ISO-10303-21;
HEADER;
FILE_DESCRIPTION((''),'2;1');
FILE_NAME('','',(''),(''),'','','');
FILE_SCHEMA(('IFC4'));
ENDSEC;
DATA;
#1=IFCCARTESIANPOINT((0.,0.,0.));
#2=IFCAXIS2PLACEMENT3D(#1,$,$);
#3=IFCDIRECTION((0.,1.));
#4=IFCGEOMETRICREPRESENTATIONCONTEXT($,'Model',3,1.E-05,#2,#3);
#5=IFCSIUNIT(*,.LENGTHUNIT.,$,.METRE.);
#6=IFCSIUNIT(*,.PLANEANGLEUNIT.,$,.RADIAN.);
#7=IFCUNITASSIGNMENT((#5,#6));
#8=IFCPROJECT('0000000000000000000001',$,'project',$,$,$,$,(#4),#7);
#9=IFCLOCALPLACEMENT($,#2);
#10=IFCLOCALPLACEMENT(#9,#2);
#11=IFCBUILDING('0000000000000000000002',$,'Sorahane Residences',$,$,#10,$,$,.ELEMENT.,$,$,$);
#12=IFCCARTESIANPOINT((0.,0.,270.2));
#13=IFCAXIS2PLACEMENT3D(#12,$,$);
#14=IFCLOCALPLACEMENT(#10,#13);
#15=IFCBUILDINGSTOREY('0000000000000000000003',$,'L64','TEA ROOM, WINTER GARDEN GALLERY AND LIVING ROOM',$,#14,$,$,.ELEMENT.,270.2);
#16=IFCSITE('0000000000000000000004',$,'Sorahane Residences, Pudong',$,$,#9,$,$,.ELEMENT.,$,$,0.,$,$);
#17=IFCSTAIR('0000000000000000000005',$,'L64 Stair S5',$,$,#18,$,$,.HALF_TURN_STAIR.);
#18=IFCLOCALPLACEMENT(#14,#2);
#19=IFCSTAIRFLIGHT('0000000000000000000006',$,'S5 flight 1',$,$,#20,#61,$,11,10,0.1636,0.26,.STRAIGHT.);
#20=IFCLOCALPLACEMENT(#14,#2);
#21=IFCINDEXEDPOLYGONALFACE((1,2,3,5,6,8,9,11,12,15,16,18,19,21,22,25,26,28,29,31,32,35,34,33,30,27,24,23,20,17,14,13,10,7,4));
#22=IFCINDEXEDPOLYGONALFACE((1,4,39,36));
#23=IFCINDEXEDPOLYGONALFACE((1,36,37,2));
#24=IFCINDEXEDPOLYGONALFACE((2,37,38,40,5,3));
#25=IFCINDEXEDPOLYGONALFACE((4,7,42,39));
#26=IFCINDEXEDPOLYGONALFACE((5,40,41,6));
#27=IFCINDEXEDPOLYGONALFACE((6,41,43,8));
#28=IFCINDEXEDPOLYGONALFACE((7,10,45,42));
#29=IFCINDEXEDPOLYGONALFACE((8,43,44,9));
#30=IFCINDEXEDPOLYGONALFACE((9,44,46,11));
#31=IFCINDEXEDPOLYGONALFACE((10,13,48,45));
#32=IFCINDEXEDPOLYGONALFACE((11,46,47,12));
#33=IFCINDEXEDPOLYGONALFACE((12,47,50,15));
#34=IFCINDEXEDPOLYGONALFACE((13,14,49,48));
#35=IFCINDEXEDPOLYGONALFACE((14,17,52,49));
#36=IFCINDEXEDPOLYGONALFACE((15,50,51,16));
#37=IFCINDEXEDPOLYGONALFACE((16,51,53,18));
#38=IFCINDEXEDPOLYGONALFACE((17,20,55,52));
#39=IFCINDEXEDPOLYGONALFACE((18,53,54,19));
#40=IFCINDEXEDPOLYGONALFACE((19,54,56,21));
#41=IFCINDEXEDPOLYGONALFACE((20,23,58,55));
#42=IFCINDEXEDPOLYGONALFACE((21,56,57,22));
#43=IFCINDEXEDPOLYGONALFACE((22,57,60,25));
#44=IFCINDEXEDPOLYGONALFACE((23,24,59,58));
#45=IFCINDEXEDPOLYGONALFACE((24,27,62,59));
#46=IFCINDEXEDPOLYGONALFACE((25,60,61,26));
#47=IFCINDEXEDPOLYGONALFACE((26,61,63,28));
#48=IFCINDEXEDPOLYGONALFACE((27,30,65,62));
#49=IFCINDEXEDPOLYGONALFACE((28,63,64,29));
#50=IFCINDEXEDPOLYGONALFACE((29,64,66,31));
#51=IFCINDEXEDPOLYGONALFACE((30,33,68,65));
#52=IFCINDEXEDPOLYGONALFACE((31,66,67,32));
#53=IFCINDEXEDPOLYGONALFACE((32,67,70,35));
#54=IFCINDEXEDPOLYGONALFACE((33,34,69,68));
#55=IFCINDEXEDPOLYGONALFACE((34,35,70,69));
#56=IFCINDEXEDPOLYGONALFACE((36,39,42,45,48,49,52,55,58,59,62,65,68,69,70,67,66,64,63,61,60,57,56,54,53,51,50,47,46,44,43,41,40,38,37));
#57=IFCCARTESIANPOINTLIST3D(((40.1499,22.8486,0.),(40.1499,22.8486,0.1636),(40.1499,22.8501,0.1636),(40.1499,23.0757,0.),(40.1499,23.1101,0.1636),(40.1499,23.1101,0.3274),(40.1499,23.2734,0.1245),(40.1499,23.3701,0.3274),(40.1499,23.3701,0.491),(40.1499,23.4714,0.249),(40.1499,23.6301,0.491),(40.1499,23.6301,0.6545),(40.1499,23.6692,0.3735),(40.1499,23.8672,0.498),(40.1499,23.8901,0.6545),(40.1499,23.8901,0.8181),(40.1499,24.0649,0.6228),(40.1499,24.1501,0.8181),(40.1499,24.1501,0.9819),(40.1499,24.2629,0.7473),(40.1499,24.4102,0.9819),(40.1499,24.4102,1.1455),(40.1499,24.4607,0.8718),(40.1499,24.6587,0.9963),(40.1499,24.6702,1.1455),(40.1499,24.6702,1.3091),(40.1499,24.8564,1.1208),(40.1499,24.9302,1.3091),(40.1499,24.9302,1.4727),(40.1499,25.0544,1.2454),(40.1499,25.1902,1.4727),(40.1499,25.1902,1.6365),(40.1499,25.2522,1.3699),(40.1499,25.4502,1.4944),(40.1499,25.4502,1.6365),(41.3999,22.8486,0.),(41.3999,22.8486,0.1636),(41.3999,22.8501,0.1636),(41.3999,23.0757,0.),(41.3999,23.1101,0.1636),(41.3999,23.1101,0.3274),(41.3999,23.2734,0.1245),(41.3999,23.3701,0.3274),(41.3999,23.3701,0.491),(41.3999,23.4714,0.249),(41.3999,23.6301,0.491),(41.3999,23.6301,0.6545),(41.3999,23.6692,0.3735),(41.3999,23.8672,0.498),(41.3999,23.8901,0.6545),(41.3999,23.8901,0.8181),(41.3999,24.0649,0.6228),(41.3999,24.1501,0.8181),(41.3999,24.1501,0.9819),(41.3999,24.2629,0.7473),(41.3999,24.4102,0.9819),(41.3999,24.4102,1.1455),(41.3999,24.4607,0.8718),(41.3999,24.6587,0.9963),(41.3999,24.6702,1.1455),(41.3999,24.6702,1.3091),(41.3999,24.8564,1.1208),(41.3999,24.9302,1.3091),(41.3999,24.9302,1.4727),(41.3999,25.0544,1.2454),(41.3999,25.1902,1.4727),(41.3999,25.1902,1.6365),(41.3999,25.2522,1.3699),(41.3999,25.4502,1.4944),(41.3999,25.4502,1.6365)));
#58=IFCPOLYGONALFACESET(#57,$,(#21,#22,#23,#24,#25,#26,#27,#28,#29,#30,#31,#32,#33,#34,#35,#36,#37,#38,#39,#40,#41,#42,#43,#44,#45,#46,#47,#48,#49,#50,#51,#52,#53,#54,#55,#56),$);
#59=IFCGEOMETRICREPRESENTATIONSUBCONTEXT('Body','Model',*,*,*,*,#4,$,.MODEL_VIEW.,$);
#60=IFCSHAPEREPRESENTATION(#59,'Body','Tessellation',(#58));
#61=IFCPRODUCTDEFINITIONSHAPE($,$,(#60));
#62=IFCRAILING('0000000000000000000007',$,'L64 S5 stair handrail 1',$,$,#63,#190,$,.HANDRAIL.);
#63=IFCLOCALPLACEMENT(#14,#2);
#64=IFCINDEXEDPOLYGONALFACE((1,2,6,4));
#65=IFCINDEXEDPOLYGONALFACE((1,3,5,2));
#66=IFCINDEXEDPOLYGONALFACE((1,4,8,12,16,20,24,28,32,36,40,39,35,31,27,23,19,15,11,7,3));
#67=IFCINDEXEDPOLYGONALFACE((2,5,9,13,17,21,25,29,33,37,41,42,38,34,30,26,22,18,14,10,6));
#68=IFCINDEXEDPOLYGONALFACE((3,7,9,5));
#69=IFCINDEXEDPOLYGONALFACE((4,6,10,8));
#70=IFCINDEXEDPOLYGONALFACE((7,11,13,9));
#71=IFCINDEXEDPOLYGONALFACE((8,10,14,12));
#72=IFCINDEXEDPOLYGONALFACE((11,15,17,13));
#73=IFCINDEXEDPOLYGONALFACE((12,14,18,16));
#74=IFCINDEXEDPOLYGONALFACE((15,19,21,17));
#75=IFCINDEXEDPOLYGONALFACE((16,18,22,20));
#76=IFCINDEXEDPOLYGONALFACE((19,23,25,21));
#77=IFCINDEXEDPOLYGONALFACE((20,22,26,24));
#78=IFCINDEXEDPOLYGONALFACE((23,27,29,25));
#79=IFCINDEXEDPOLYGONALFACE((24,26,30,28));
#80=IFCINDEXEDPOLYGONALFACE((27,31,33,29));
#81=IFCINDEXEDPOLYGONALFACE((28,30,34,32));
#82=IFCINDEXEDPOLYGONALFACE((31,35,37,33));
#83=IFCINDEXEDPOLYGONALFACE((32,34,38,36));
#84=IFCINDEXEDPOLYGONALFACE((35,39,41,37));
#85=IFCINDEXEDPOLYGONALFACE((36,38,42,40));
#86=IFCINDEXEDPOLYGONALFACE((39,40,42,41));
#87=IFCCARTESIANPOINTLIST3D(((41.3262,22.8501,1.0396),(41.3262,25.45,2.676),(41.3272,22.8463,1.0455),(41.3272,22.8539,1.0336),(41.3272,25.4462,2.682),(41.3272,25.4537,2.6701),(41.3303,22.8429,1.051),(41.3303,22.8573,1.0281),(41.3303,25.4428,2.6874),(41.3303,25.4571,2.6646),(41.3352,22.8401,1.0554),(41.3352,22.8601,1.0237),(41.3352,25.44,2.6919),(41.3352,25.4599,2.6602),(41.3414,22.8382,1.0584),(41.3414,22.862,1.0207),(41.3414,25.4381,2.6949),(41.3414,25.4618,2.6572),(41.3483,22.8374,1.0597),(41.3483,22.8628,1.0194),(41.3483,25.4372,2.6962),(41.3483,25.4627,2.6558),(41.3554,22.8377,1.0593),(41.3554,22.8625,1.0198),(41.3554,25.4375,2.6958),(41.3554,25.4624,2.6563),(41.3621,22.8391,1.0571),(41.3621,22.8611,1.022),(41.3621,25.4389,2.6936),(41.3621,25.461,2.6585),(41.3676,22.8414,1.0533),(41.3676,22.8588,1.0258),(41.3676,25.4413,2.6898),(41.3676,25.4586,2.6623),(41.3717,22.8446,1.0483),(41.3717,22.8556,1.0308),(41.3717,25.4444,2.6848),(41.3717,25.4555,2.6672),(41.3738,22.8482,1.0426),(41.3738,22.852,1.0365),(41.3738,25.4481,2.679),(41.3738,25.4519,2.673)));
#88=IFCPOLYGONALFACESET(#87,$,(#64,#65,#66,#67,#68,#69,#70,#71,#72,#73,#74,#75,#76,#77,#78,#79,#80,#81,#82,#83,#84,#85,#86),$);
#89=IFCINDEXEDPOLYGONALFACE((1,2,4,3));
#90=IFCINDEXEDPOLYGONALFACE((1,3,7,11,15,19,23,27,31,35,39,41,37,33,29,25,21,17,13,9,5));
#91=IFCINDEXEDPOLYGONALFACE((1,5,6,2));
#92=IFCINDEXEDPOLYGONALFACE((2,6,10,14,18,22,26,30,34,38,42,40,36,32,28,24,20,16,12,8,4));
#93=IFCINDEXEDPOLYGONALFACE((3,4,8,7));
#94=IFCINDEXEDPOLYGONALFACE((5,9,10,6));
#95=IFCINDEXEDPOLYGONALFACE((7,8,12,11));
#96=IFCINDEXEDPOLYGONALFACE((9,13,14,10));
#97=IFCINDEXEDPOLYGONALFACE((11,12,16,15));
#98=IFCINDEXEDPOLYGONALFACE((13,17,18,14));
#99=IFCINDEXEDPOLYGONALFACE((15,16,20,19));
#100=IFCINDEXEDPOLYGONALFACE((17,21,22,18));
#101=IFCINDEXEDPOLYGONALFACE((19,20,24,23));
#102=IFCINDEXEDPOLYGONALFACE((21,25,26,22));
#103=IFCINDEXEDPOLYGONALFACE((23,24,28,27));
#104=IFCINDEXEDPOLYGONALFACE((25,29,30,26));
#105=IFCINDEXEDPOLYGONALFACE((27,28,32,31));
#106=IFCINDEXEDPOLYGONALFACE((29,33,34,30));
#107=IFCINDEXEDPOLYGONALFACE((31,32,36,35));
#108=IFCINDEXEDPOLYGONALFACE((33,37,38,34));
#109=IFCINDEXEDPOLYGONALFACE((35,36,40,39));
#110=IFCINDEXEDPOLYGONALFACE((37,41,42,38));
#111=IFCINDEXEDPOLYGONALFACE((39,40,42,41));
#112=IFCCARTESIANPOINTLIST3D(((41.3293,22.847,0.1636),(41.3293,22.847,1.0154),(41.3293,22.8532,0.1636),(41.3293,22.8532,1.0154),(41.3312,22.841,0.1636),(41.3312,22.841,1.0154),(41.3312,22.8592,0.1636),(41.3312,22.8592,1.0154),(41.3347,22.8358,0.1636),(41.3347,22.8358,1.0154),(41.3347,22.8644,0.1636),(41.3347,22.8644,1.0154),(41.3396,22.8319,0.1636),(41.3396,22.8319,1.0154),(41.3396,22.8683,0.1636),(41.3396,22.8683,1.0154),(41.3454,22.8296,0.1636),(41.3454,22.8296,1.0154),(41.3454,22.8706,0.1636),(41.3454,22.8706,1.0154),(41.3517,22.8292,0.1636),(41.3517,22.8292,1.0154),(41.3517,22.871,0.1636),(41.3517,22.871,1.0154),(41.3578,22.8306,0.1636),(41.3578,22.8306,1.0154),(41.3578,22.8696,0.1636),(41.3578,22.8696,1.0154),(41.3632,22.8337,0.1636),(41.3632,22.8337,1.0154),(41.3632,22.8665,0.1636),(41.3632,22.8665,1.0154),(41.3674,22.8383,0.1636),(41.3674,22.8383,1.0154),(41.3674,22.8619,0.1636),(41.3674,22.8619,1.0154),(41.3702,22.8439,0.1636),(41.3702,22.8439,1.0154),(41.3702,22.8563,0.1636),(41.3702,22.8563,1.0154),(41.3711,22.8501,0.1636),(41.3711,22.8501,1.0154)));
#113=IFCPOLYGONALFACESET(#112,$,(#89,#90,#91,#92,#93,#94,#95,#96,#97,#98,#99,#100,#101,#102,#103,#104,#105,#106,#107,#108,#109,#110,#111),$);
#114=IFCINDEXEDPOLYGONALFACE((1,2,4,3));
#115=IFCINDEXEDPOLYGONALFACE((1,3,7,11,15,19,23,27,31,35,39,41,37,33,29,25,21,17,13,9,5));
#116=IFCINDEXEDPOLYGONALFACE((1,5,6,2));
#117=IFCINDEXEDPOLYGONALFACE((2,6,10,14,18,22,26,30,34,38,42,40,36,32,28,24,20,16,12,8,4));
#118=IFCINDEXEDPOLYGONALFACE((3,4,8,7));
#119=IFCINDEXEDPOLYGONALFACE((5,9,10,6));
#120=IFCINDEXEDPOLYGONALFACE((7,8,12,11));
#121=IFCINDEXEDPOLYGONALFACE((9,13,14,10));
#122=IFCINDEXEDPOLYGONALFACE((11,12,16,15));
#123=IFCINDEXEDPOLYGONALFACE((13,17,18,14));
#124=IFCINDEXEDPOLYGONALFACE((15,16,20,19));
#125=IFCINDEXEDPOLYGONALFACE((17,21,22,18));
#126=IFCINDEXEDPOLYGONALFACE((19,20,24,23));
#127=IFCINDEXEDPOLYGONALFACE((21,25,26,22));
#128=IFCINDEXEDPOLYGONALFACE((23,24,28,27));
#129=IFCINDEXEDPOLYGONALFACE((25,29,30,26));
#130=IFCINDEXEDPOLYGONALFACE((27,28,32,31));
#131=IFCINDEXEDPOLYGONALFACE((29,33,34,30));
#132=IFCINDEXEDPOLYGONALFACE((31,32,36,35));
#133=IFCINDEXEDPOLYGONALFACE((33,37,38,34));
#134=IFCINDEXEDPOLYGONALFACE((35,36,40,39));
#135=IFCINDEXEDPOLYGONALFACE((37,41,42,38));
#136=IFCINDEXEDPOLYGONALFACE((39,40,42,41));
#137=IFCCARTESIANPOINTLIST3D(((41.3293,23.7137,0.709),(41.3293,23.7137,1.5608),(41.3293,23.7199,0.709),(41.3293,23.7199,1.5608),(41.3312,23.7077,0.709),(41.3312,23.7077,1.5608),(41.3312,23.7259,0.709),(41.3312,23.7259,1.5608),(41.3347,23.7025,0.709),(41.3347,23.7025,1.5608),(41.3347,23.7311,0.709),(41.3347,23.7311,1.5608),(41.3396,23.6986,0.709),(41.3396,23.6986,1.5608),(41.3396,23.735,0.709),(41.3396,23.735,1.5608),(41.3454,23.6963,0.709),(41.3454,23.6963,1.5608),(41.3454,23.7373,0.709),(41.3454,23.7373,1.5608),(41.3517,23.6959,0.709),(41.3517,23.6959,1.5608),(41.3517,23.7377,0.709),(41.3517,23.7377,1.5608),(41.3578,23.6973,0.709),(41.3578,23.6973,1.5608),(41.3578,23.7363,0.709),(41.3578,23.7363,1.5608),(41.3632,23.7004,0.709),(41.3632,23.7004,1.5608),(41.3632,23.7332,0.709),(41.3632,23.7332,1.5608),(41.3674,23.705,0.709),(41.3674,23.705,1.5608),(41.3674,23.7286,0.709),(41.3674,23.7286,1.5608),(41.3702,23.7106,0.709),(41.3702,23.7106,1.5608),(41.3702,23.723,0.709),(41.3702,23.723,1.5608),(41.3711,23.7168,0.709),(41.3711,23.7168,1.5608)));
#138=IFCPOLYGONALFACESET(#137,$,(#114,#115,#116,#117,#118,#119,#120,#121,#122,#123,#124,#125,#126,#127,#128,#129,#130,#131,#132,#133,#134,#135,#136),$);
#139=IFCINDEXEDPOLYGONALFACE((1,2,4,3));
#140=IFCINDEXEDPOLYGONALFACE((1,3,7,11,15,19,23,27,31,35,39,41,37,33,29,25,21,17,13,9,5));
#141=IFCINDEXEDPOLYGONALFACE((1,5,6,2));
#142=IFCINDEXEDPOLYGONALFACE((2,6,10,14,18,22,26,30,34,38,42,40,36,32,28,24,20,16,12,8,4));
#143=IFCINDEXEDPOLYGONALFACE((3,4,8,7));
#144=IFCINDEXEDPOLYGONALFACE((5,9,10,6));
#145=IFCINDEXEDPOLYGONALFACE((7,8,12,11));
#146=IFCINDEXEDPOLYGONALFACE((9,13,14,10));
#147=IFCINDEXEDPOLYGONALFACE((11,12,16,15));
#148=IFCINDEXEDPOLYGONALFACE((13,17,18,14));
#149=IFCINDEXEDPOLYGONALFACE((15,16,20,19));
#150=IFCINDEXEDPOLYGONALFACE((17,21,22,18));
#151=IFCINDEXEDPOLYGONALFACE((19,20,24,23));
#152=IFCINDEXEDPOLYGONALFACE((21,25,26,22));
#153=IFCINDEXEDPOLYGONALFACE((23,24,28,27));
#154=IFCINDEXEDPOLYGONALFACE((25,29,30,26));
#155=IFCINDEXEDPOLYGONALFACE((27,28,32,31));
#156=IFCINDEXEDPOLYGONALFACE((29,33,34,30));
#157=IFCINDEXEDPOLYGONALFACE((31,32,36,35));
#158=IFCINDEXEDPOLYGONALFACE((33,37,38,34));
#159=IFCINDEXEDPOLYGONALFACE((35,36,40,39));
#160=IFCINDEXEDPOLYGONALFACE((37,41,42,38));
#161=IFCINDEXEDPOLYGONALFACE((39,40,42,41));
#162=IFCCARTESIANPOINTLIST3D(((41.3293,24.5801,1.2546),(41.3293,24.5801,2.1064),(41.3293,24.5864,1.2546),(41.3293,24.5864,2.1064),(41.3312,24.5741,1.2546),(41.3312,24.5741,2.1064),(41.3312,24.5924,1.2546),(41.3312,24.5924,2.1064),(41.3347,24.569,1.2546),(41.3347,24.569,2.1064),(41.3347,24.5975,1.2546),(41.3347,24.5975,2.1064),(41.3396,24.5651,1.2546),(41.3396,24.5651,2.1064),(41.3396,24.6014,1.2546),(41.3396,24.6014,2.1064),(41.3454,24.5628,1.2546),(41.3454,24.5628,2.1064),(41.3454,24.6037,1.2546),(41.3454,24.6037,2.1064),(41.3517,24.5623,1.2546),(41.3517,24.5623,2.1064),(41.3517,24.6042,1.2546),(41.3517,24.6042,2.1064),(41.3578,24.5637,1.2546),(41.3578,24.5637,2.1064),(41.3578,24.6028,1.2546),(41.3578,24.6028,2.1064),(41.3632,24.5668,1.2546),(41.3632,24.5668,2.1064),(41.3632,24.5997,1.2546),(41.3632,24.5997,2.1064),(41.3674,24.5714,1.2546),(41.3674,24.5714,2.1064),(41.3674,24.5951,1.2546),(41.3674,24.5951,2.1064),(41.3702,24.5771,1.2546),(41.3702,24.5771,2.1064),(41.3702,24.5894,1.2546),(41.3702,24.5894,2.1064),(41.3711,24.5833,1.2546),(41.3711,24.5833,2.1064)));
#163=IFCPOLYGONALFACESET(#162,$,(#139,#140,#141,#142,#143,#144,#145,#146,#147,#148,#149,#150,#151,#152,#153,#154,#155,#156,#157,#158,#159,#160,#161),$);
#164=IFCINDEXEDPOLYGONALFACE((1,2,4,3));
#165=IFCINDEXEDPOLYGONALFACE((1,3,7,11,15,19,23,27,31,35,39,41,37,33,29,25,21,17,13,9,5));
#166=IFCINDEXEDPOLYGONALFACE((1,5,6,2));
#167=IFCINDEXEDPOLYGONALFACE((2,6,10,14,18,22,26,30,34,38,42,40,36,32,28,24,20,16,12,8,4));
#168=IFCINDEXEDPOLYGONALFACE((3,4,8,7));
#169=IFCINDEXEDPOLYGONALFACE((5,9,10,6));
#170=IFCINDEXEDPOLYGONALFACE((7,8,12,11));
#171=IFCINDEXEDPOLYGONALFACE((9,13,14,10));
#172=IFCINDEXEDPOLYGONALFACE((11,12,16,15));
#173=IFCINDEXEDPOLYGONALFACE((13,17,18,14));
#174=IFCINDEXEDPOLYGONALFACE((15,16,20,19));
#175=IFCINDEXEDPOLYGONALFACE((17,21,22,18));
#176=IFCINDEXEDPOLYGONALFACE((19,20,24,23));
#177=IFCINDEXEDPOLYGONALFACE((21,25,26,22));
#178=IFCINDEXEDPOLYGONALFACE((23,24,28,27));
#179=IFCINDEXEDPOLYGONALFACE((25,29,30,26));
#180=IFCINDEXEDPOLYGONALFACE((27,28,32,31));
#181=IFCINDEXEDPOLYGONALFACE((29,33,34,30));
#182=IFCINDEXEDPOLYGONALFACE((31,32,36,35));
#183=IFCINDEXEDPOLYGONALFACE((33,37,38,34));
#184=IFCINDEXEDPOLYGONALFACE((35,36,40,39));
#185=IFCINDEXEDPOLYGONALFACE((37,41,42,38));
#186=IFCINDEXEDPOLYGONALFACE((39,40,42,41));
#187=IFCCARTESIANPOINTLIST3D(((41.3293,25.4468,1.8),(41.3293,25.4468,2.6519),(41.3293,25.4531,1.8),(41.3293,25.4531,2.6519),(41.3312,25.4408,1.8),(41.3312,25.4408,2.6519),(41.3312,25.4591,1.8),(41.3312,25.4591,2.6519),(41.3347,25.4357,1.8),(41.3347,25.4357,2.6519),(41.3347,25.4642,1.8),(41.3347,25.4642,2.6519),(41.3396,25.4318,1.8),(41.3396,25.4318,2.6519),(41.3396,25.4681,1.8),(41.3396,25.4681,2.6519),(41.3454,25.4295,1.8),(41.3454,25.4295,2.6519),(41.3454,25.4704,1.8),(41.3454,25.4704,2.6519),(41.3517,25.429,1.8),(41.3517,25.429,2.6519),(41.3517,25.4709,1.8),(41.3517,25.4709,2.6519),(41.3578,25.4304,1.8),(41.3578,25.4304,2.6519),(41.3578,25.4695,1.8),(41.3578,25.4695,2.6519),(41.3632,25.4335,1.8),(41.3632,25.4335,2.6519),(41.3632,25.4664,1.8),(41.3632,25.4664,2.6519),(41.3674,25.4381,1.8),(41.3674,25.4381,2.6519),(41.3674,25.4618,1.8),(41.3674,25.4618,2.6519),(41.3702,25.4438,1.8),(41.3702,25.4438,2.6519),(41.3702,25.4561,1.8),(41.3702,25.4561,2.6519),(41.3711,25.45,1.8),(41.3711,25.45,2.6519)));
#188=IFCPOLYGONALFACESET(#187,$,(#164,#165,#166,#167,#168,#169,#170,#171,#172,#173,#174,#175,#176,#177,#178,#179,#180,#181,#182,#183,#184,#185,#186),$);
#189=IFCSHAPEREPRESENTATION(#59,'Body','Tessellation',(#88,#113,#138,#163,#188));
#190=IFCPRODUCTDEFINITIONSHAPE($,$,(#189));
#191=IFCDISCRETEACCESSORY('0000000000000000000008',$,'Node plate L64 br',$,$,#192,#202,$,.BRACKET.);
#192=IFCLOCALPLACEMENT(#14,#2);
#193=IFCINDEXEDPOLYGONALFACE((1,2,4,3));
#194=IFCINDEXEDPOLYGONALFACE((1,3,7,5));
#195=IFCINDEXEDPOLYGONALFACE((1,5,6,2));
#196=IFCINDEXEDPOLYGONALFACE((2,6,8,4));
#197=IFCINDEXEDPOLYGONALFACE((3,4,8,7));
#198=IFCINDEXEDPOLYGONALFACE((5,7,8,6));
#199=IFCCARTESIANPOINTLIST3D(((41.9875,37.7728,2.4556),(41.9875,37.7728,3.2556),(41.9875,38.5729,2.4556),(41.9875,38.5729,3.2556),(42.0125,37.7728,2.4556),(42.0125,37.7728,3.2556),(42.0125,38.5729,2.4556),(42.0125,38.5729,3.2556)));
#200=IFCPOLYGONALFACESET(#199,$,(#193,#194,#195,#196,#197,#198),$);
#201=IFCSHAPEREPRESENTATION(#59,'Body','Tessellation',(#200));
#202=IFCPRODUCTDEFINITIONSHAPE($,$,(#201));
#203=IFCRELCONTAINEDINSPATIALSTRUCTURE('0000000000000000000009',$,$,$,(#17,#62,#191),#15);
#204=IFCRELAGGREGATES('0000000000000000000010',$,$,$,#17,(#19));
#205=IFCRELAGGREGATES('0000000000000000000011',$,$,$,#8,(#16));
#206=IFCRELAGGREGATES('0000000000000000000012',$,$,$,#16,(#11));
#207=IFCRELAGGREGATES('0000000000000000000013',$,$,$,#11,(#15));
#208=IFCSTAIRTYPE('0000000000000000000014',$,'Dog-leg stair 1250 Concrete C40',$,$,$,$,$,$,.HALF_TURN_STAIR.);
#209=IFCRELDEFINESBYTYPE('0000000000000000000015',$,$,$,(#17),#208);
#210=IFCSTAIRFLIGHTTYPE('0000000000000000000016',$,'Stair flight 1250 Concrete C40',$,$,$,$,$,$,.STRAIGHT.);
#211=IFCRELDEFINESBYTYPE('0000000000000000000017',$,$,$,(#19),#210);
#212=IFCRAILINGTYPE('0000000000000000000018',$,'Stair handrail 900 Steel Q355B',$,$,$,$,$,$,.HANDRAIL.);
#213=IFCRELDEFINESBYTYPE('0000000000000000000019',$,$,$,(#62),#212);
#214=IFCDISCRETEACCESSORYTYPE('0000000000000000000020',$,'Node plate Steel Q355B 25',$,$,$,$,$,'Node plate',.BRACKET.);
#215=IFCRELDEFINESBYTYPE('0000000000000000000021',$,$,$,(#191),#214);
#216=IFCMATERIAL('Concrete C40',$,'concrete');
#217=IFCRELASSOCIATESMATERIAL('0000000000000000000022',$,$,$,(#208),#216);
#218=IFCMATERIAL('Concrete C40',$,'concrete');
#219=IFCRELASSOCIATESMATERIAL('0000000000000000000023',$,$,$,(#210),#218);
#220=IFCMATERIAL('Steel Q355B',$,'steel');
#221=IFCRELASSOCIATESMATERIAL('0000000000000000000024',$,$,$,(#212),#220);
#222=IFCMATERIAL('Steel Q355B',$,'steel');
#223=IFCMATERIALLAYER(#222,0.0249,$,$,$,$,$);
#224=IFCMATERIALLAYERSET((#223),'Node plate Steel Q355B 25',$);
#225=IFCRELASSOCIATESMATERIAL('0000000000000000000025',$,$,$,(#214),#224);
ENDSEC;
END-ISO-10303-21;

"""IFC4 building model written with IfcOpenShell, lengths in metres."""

from ifc_helpers import new_model, si_unit, direction, frame, origin, origin_2d, place, context, subcontext, project, spatial, polyline, rectangle, circle, outline, extrude, material, layer, layer_set, type_object, element, aggregate, save


model = new_model("IFC4")

# Units and contexts
model_context = context("Model", 3, precision=1e-05, world=origin(), true_north=direction((0.0, 1.0)))
body_context = subcontext(model_context, "Body", "Model", "MODEL_VIEW")
ifc_project = project(units=[si_unit("LENGTHUNIT", "METRE"), si_unit("PLANEANGLEUNIT", "RADIAN")], contexts=[model_context])

# Site, building, storey
site_placement = place(None, origin())
site = spatial("IfcSite", under=ifc_project, at=site_placement, Name="Sorahane Residences, Pudong", CompositionType="ELEMENT", RefElevation=0.0)
building_placement = place(site_placement, origin())
building = spatial("IfcBuilding", under=site, at=building_placement, Name="Sorahane Residences", CompositionType="ELEMENT")
storey_placement = place(building_placement, frame((0.0, 0.0, 270.2)))
storey = spatial("IfcBuildingStorey", under=building, at=storey_placement, Name="L64", Description="TEA ROOM, WINTER GARDEN GALLERY AND LIVING ROOM", CompositionType="ELEMENT", Elevation=270.2)

# Stair, stair flight
ifc_material_1 = material(Name="Concrete C40", Category="concrete")
stair_type = type_object("IfcStairType", Name="Dog-leg stair 1250 Concrete C40", PredefinedType="HALF_TURN_STAIR", material=ifc_material_1)
stair_placement = place(storey_placement, origin())
stair = element("IfcStair", 1, at=stair_placement, inside=storey, type_object=stair_type, Name="L64 Stair S5", PredefinedType="HALF_TURN_STAIR")
ifc_material_2 = material(Name="Concrete C40", Category="concrete")
stair_flight_type = type_object("IfcStairFlightType", Name="Stair flight 1250 Concrete C40", PredefinedType="STRAIGHT", material=ifc_material_2)
stair_flight_placement = place(storey_placement, frame((40.7749, 22.8501, 0.0), z_axis=(0.0, 0.0, 1.0), x_axis=(0.0, 1.0, 0.0)))
stair_flight = element("IfcStairFlight", 2, at=stair_flight_placement, type_object=stair_flight_type, Name="S5 flight 1", NumberOfRisers=11, NumberOfTreads=10, PredefinedType="STRAIGHT", RiserHeight=0.1636, TreadLength=0.26, context=body_context, shape_type="SweptSolid", body=[
    extrude(outline(polyline([(-0.0015, 0.0), (-0.0015, 0.1636), (0.0, 0.1636), (0.26, 0.1636), (0.26, 0.3274), (0.52, 0.3274), (0.52, 0.491), (0.78, 0.491), (0.78, 0.6545), (1.04, 0.6545), (1.04, 0.8181), (1.3, 0.8181), (1.3, 0.9819), (1.5601, 0.9819), (1.5601, 1.1455), (1.8201, 1.1455), (1.8201, 1.3091), (2.0801, 1.3091), (2.0801, 1.4727), (2.3401, 1.4727), (2.3401, 1.6365), (2.6001, 1.6365), (2.6001, 1.8), (2.6001, 1.4944), (2.4021, 1.3699), (2.2043, 1.2454), (2.0063, 1.1208), (1.8086, 0.9963), (1.6106, 0.8718), (1.4128, 0.7473), (1.2148, 0.6228), (1.0171, 0.498), (0.8191, 0.3735), (0.6213, 0.249), (0.4233, 0.1245), (0.2256, 0.0), (-0.0015, 0.0)])), frame((0.0, 0.625, 0.0), z_axis=(0.0, -1.0, 0.0), x_axis=(1.0, 0.0, 0.0)), (0.0, 0.0, 1.0), 1.25),
])
aggregate(stair, [stair_flight])

# Railing
ifc_material_3 = material(Name="Steel Q355B", Category="steel")
railing_type_1 = type_object("IfcRailingType", Name="Stair handrail 900 Steel Q355B", PredefinedType="HANDRAIL", material=ifc_material_3)
railing_1_placement = place(storey_placement, frame((41.3501, 22.8501, 0.1636)))
element("IfcRailing", 3, at=railing_1_placement, inside=storey, type_object=railing_type_1, Name="L64 S5 stair handrail 1", PredefinedType="HANDRAIL", context=body_context, shape_type="SweptSolid", body=[
    extrude(circle(Radius=0.0239, at=origin_2d()), frame((0.0, 0.0, 0.876), z_axis=(0.0, 0.846302, 0.532704), x_axis=(-1.0, 0.0, 0.0)), (0.0, 0.0, 1.0), 3.072),
    extrude(circle(Radius=0.021, at=origin_2d()), origin(), (0.0, 0.0, 1.0), 0.8518),
    extrude(circle(Radius=0.021, at=origin_2d()), frame((0.0, 0.8667, 0.5454)), (0.0, 0.0, 1.0), 0.8518),
    extrude(circle(Radius=0.021, at=origin_2d()), frame((0.0, 1.7332, 1.0911)), (0.0, 0.0, 1.0), 0.8518),
    extrude(circle(Radius=0.021, at=origin_2d()), frame((0.0, 2.5999, 1.6365)), (0.0, 0.0, 1.0), 0.8518),
])

# Discrete accessory
ifc_material_4 = material(Name="Steel Q355B", Category="steel")
ifc_layer_1 = layer(ifc_material_4, 0.0249)
ifc_layer_set_1 = layer_set([ifc_layer_1], Name="Node plate Steel Q355B 25")
discrete_accessory_type = type_object("IfcDiscreteAccessoryType", Name="Node plate Steel Q355B 25", ElementType="Node plate", PredefinedType="BRACKET", material=ifc_layer_set_1)
discrete_accessory_placement = place(storey_placement, frame((42.0, 38.1729, 2.4556), z_axis=(0.0, 0.0, 1.0), x_axis=(0.0, 1.0, 0.0)))
element("IfcDiscreteAccessory", 4, at=discrete_accessory_placement, inside=storey, type_object=discrete_accessory_type, Name="Node plate L64 br", PredefinedType="BRACKET", context=body_context, shape_type="SweptSolid", body=[
    extrude(rectangle(XDim=0.8, YDim=0.0249, at=origin_2d()), origin(), (0.0, 0.0, 1.0), 0.8),
])

save(model, "model.ifc")
